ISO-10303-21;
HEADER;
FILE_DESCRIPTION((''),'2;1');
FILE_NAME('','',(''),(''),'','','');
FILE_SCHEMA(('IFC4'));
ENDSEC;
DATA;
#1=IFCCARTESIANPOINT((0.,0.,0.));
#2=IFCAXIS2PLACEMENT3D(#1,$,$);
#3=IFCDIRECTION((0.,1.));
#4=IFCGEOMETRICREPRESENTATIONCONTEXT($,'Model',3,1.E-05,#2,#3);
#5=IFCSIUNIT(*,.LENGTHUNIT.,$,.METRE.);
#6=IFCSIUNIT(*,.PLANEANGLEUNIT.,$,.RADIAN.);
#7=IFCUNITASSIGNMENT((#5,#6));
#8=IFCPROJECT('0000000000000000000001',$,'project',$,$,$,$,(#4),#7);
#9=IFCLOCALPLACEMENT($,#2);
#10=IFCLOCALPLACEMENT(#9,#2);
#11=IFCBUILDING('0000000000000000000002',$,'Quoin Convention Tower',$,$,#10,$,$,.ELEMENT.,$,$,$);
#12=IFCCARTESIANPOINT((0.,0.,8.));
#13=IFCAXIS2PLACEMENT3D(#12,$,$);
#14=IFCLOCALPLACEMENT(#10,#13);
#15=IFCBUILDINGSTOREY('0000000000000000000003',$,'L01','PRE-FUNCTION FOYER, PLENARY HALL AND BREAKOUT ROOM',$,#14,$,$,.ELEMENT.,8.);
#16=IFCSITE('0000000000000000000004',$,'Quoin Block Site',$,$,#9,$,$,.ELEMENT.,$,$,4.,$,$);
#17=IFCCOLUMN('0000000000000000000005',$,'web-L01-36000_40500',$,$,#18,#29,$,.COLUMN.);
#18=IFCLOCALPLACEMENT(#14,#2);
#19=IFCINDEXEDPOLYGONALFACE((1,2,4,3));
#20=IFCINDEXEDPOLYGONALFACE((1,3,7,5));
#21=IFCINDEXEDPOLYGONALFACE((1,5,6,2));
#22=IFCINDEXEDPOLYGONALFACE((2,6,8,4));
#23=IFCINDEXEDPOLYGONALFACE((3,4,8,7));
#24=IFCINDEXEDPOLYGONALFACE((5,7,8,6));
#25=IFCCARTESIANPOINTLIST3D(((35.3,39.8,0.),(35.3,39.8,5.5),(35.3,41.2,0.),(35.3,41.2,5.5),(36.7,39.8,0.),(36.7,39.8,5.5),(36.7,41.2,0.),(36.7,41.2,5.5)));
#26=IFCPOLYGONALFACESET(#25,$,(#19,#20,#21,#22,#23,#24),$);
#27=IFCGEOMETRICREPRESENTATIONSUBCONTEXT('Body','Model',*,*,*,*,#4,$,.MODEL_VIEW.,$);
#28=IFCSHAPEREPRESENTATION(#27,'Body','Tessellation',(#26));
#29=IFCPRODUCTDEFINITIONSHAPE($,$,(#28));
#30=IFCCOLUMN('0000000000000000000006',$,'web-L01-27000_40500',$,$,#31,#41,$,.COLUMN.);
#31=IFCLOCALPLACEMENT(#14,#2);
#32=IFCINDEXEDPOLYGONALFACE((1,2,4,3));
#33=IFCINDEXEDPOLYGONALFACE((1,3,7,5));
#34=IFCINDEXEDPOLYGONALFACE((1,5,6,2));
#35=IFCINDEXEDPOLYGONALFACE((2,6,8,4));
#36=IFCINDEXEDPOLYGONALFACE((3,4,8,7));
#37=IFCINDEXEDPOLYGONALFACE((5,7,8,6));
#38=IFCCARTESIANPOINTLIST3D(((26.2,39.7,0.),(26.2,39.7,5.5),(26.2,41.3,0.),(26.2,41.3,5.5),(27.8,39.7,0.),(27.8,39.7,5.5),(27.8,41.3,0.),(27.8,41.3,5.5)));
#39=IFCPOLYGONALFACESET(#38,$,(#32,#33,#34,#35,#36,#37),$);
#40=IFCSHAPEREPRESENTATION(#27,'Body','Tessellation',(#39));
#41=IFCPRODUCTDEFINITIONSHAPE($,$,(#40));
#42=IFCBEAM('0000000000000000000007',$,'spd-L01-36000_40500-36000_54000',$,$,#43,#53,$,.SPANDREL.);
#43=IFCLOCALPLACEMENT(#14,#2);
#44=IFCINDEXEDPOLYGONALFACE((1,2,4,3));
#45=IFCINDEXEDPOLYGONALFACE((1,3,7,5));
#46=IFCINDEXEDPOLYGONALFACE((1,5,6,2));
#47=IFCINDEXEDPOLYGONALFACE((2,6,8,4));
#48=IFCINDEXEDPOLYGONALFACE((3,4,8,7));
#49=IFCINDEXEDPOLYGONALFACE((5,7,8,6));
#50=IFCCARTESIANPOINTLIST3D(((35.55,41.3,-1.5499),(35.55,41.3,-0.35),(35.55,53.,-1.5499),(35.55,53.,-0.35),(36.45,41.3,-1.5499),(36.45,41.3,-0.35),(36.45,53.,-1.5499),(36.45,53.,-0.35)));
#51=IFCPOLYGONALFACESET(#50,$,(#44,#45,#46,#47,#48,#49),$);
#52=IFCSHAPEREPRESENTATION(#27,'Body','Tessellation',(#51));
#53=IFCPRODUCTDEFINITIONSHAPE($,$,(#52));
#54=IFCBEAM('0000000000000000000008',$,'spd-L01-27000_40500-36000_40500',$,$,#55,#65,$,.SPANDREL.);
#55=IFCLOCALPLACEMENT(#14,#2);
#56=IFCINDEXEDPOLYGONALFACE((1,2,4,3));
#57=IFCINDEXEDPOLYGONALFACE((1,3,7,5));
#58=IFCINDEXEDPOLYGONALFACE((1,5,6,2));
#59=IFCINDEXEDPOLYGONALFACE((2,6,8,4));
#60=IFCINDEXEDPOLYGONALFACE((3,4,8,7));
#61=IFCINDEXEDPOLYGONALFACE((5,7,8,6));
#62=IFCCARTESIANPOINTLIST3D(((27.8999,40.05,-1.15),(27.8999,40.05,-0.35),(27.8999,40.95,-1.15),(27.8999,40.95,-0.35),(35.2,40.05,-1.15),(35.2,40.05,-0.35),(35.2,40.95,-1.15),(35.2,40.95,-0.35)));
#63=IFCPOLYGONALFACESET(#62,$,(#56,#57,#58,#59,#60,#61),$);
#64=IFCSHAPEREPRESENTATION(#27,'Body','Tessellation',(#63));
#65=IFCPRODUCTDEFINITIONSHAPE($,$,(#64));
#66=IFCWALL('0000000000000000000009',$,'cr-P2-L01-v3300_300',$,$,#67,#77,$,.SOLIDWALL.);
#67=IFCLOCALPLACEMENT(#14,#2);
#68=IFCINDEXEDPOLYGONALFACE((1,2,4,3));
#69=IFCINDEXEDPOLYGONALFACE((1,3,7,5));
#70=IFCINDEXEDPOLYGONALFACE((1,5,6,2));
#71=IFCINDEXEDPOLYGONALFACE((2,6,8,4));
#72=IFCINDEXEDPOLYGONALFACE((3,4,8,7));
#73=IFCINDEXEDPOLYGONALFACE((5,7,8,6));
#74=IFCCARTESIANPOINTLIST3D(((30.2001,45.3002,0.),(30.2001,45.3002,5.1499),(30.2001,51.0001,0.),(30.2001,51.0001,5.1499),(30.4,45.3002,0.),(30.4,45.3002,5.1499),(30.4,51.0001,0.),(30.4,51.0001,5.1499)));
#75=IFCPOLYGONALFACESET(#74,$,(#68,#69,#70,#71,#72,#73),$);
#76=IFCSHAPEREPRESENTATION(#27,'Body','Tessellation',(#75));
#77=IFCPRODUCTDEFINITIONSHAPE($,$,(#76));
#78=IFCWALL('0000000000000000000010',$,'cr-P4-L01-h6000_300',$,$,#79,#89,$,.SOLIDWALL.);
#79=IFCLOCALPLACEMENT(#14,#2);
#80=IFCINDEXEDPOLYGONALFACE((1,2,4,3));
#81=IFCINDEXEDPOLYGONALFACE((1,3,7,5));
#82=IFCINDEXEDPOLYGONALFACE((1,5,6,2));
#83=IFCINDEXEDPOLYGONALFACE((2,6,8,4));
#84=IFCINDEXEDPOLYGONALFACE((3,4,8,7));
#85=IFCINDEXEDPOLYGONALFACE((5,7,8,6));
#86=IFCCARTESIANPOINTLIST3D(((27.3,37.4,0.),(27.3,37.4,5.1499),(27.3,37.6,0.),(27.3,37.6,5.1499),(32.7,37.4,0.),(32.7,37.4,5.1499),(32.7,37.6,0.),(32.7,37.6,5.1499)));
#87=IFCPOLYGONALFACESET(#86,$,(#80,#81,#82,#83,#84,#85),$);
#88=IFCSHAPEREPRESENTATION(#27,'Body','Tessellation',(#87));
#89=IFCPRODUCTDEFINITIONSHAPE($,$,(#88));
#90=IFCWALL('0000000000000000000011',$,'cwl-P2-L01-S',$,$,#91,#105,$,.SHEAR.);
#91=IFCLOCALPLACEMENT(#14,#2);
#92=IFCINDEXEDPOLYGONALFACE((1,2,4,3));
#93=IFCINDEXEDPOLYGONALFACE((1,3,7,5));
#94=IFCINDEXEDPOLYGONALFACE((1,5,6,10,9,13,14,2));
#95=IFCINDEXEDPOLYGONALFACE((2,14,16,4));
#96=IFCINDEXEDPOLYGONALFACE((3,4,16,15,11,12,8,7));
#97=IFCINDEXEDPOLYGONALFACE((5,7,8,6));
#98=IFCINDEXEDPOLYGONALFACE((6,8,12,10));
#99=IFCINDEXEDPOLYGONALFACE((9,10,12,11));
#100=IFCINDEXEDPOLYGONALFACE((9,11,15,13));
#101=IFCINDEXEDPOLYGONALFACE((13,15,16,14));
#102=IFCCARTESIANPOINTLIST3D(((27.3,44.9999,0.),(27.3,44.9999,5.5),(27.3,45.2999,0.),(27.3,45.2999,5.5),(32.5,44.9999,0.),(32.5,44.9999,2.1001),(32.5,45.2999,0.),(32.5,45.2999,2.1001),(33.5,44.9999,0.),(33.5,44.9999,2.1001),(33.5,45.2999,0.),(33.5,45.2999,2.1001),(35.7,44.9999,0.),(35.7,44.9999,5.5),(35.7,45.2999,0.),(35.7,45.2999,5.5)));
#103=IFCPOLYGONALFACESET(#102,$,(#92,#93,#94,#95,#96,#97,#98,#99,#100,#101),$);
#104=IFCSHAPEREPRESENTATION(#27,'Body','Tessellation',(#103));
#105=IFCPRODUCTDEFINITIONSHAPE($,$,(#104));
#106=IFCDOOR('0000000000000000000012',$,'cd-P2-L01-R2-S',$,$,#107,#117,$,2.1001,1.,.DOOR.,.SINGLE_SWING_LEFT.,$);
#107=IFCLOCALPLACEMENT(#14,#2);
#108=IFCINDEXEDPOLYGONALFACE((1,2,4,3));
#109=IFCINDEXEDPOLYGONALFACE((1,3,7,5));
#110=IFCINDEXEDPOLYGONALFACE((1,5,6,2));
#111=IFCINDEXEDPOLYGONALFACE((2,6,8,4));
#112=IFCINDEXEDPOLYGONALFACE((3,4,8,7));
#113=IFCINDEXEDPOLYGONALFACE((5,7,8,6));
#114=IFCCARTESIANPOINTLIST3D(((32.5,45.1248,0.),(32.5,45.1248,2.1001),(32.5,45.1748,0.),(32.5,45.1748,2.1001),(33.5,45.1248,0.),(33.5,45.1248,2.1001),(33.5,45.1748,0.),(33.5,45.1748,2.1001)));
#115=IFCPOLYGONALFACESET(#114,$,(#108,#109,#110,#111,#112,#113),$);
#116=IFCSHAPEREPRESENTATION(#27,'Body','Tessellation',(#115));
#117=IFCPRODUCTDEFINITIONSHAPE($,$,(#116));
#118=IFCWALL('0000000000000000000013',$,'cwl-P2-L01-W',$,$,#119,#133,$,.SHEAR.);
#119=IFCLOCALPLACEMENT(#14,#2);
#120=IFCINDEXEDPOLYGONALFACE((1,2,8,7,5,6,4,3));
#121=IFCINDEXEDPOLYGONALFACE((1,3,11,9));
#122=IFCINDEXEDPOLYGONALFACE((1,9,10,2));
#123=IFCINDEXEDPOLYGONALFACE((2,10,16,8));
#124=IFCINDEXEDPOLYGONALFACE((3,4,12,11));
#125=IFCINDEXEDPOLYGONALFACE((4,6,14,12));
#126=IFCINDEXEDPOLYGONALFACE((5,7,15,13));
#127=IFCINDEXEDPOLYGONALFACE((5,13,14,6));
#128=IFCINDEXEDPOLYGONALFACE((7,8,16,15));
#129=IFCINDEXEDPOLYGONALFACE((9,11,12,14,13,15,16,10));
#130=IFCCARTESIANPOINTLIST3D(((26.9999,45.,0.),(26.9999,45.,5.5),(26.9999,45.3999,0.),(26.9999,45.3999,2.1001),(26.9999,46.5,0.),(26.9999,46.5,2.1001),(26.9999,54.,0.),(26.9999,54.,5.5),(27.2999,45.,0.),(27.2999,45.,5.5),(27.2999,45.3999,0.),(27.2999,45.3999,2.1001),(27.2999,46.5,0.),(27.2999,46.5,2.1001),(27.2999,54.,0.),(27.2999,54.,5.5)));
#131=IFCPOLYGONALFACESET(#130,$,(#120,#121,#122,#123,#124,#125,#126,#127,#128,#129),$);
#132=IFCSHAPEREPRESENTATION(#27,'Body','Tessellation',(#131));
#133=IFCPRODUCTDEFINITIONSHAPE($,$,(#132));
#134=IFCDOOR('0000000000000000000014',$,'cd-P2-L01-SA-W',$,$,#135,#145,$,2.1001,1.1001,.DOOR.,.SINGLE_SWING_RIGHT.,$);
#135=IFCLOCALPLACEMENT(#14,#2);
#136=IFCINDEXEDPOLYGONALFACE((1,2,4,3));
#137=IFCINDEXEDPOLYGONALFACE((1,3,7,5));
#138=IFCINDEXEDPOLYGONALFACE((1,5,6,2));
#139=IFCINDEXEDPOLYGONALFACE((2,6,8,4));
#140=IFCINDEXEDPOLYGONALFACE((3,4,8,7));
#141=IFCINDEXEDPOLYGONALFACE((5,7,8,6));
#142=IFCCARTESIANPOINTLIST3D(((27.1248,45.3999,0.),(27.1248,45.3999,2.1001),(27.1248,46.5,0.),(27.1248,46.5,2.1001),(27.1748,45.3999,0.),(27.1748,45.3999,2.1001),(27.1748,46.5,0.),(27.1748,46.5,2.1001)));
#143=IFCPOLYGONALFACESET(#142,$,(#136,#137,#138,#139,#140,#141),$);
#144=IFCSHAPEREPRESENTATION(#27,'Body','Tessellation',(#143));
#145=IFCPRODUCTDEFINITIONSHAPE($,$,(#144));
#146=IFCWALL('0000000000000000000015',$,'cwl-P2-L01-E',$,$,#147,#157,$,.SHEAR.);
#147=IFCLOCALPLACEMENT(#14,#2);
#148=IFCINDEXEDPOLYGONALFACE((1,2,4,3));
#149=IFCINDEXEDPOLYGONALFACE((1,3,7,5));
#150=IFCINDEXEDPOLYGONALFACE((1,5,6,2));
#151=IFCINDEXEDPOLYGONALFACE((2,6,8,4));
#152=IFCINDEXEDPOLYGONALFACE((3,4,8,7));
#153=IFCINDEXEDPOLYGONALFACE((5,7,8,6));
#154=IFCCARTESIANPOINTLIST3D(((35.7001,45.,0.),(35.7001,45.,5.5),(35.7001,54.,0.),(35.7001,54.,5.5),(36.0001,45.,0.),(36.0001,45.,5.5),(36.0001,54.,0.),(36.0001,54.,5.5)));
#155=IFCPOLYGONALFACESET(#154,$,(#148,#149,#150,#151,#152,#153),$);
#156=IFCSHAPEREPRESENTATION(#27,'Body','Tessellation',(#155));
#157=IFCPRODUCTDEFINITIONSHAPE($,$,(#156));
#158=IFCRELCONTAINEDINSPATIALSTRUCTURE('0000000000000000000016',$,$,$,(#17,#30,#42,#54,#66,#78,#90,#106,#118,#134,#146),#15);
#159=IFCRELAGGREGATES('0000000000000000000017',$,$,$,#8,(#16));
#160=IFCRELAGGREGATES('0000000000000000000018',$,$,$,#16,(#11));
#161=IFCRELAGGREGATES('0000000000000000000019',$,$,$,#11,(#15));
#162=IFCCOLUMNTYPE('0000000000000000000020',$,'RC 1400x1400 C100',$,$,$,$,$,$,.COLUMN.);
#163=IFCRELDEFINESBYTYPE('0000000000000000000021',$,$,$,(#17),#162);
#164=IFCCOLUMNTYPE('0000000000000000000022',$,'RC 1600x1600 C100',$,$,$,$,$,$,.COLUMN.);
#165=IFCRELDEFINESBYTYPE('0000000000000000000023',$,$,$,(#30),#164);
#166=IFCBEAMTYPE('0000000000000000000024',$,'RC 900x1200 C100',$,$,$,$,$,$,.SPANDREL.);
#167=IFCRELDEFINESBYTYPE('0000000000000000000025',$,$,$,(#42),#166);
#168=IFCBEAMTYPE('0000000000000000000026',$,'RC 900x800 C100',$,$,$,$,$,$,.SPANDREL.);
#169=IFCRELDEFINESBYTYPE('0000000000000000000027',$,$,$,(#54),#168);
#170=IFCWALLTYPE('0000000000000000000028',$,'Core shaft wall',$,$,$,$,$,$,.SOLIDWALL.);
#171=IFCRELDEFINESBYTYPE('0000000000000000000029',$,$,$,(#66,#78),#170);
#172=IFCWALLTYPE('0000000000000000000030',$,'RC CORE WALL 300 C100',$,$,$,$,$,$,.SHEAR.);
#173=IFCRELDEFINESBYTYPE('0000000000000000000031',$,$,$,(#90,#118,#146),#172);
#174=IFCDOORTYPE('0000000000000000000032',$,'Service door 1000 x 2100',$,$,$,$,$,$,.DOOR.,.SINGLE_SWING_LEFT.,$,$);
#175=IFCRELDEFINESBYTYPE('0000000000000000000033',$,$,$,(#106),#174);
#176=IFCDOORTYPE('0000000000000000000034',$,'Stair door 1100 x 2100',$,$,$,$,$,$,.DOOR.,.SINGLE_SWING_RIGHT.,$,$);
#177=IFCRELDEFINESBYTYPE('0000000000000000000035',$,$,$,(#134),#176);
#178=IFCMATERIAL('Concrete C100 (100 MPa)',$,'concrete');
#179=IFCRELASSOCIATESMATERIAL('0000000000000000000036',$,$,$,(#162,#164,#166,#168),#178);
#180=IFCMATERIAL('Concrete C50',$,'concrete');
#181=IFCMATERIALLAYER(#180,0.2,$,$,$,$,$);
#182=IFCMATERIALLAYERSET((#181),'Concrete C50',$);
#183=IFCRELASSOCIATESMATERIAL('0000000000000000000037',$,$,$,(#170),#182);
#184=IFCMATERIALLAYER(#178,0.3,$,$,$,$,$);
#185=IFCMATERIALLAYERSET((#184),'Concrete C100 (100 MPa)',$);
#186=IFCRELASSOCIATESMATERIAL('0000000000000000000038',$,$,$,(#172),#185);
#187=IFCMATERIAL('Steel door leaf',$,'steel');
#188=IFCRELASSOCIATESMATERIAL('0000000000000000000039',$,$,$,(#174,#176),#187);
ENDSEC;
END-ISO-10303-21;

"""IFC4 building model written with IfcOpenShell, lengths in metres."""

from ifc_helpers import new_model, si_unit, direction, frame, frame_2d, origin, origin_2d, place, context, subcontext, project, spatial, rectangle, extrude, material, layer, layer_set, material_profile, profile_set, type_object, element, fill, save


model = new_model("IFC4")

# Units and contexts
model_context = context("Model", 3, precision=1e-05, world=origin(), true_north=direction((0.0, 1.0)))
body_context = subcontext(model_context, "Body", "Model", "MODEL_VIEW")
ifc_project = project(units=[si_unit("LENGTHUNIT", "METRE"), si_unit("PLANEANGLEUNIT", "RADIAN")], contexts=[model_context])

# Site, building, storey
site_placement = place(None, origin())
site = spatial("IfcSite", under=ifc_project, at=site_placement, Name="Quoin Block Site", CompositionType="ELEMENT", RefElevation=4.0)
building_placement = place(site_placement, origin())
building = spatial("IfcBuilding", under=site, at=building_placement, Name="Quoin Convention Tower", CompositionType="ELEMENT")
storey_placement = place(building_placement, frame((0.0, 0.0, 8.0)))
storey = spatial("IfcBuildingStorey", under=building, at=storey_placement, Name="L01", Description="PRE-FUNCTION FOYER, PLENARY HALL AND BREAKOUT ROOM", CompositionType="ELEMENT", Elevation=8.0)

# Columns
ifc_material_1 = material(Name="Concrete C100 (100 MPa)", Category="concrete")
ifc_material_profile_1 = material_profile(ifc_material_1, rectangle(XDim=1.3999, YDim=1.3999, at=origin_2d()), Name="RC 1400x1400")
ifc_profile_set_1 = profile_set([ifc_material_profile_1], Name="Concrete C100 (100 MPa)")
column_type_1 = type_object("IfcColumnType", Name="RC 1400x1400 C100", PredefinedType="COLUMN", material=ifc_profile_set_1)
column_1_placement = place(storey_placement, frame((36.0, 40.5, 0.0), z_axis=(0.0, 0.0, 1.0), x_axis=(1.0, 0.0, 0.0)))
element("IfcColumn", 1, at=column_1_placement, inside=storey, type_object=column_type_1, Name="web-L01-36000_40500", PredefinedType="COLUMN", context=body_context, shape_type="SweptSolid", body=[
    extrude(rectangle(XDim=1.3999, YDim=1.3999, at=origin_2d()), origin(), (0.0, 0.0, 1.0), 5.5),
])
ifc_material_profile_2 = material_profile(ifc_material_1, rectangle(XDim=1.6001, YDim=1.6001, at=origin_2d()), Name="RC 1600x1600")
ifc_profile_set_2 = profile_set([ifc_material_profile_2], Name="Concrete C100 (100 MPa)")
column_type_2 = type_object("IfcColumnType", Name="RC 1600x1600 C100", PredefinedType="COLUMN", material=ifc_profile_set_2)
column_2_placement = place(storey_placement, frame((27.0, 40.5, 0.0), z_axis=(0.0, 0.0, 1.0), x_axis=(1.0, 0.0, 0.0)))
element("IfcColumn", 2, at=column_2_placement, inside=storey, type_object=column_type_2, Name="web-L01-27000_40500", PredefinedType="COLUMN", context=body_context, shape_type="SweptSolid", body=[
    extrude(rectangle(XDim=1.6001, YDim=1.6001, at=origin_2d()), origin(), (0.0, 0.0, 1.0), 5.5),
])

# Beams
ifc_material_profile_3 = material_profile(ifc_material_1, rectangle(XDim=0.8999, YDim=1.2, at=origin_2d()), Name="RC 900x1200")
ifc_profile_set_3 = profile_set([ifc_material_profile_3], Name="Concrete C100 (100 MPa)")
beam_type_1 = type_object("IfcBeamType", Name="RC 900x1200 C100", PredefinedType="SPANDREL", material=ifc_profile_set_3)
beam_1_placement = place(storey_placement, frame((36.0, 41.3, -0.95), z_axis=(0.0, 1.0, 0.0), x_axis=(-1.0, 0.0, 0.0)))
element("IfcBeam", 3, at=beam_1_placement, inside=storey, type_object=beam_type_1, Name="spd-L01-36000_40500-36000_54000", PredefinedType="SPANDREL", context=body_context, shape_type="SweptSolid", body=[
    extrude(rectangle(XDim=0.8999, YDim=1.2, at=origin_2d()), origin(), (0.0, 0.0, 1.0), 11.7),
])
ifc_material_profile_4 = material_profile(ifc_material_1, rectangle(XDim=0.8999, YDim=0.8, at=origin_2d()), Name="RC 900x800")
ifc_profile_set_4 = profile_set([ifc_material_profile_4], Name="Concrete C100 (100 MPa)")
beam_type_2 = type_object("IfcBeamType", Name="RC 900x800 C100", PredefinedType="SPANDREL", material=ifc_profile_set_4)
beam_2_placement = place(storey_placement, frame((27.8999, 40.5, -0.75), z_axis=(1.0, 0.0, 0.0), x_axis=(0.0, 1.0, 0.0)))
element("IfcBeam", 4, at=beam_2_placement, inside=storey, type_object=beam_type_2, Name="spd-L01-27000_40500-36000_40500", PredefinedType="SPANDREL", context=body_context, shape_type="SweptSolid", body=[
    extrude(rectangle(XDim=0.8999, YDim=0.8, at=origin_2d()), origin(), (0.0, 0.0, 1.0), 7.3),
])

# Walls
ifc_material_2 = material(Name="Concrete C50", Category="concrete")
ifc_layer_1 = layer(ifc_material_2, 0.2)
ifc_layer_set_1 = layer_set([ifc_layer_1], Name="Concrete C50")
wall_type_1 = type_object("IfcWallType", Name="Core shaft wall", PredefinedType="SOLIDWALL", material=ifc_layer_set_1)
wall_1_placement = place(storey_placement, frame((30.3, 45.3, 0.0), z_axis=(0.0, 0.0, 1.0), x_axis=(0.0, 1.0, 0.0)))
element("IfcWall", 5, at=wall_1_placement, inside=storey, type_object=wall_type_1, Name="cr-P2-L01-v3300_300", PredefinedType="SOLIDWALL", context=body_context, shape_type="SweptSolid", body=[
    extrude(rectangle(XDim=5.7, YDim=0.2, at=frame_2d((2.8501, 0.0))), origin(), (0.0, 0.0, 1.0), 5.1499),
])
wall_2_placement = place(storey_placement, frame((27.3, 37.5, 0.0), z_axis=(0.0, 0.0, 1.0), x_axis=(1.0, 0.0, 0.0)))
element("IfcWall", 6, at=wall_2_placement, inside=storey, type_object=wall_type_1, Name="cr-P4-L01-h6000_300", PredefinedType="SOLIDWALL", context=body_context, shape_type="SweptSolid", body=[
    extrude(rectangle(XDim=5.3999, YDim=0.2, at=frame_2d((2.7, 0.0))), origin(), (0.0, 0.0, 1.0), 5.1499),
])

# Walls, openings, doors
ifc_layer_2 = layer(ifc_material_1, 0.3)
ifc_layer_set_2 = layer_set([ifc_layer_2], Name="Concrete C100 (100 MPa)")
wall_type_2 = type_object("IfcWallType", Name="RC CORE WALL 300 C100", PredefinedType="SHEAR", material=ifc_layer_set_2)
wall_3_placement = place(storey_placement, frame((27.3, 45.1499, 0.0), z_axis=(0.0, 0.0, 1.0), x_axis=(1.0, 0.0, 0.0)))
wall_3 = element("IfcWall", 7, at=wall_3_placement, inside=storey, type_object=wall_type_2, Name="cwl-P2-L01-S", PredefinedType="SHEAR", context=body_context, shape_type="SweptSolid", body=[
    extrude(rectangle(XDim=8.3999, YDim=0.3, at=frame_2d((4.2, 0.0))), origin(), (0.0, 0.0, 1.0), 5.5),
])
opening_1_placement = place(wall_3_placement, frame((5.2, 0.0, 0.0)))
opening_1 = element("IfcOpeningElement", 8, at=opening_1_placement, cuts=wall_3, PredefinedType="OPENING", context=body_context, shape_type="SweptSolid", body=[
    extrude(rectangle(XDim=1.0, YDim=2.1001, at=frame_2d((0.5, 1.05))), frame((0.0, 0.1599, 0.0), z_axis=(0.0, -1.0, 0.0), x_axis=(1.0, 0.0, 0.0)), (0.0, 0.0, 1.0), 0.3201),
])
ifc_material_3 = material(Name="Steel door leaf", Category="steel")
door_type_1 = type_object("IfcDoorType", Name="Service door 1000 x 2100", OperationType="SINGLE_SWING_LEFT", PredefinedType="DOOR", material=ifc_material_3)
door_1_placement = place(opening_1_placement, origin())
door_1 = element("IfcDoor", 9, at=door_1_placement, inside=storey, type_object=door_type_1, Name="cd-P2-L01-R2-S", OperationType="SINGLE_SWING_LEFT", OverallHeight=2.1001, OverallWidth=1.0, PredefinedType="DOOR", context=body_context, shape_type="SweptSolid", body=[
    extrude(rectangle(XDim=1.0, YDim=2.1001, at=frame_2d((0.5, 1.05))), frame((0.0, 0.0249, 0.0), z_axis=(0.0, -1.0, 0.0), x_axis=(1.0, 0.0, 0.0)), (0.0, 0.0, 1.0), 0.05),
])
fill(opening_1, door_1)
wall_4_placement = place(storey_placement, frame((27.1499, 45.0, 0.0), z_axis=(0.0, 0.0, 1.0), x_axis=(0.0, 1.0, 0.0)))
wall_4 = element("IfcWall", 10, at=wall_4_placement, inside=storey, type_object=wall_type_2, Name="cwl-P2-L01-W", PredefinedType="SHEAR", context=body_context, shape_type="SweptSolid", body=[
    extrude(rectangle(XDim=9.0, YDim=0.3, at=frame_2d((4.5, 0.0))), origin(), (0.0, 0.0, 1.0), 5.5),
])
opening_2_placement = place(wall_4_placement, frame((0.3999, 0.0, 0.0)))
opening_2 = element("IfcOpeningElement", 11, at=opening_2_placement, cuts=wall_4, PredefinedType="OPENING", context=body_context, shape_type="SweptSolid", body=[
    extrude(rectangle(XDim=1.1001, YDim=2.1001, at=frame_2d((0.55, 1.05))), frame((0.0, 0.1599, 0.0), z_axis=(0.0, -1.0, 0.0), x_axis=(1.0, 0.0, 0.0)), (0.0, 0.0, 1.0), 0.3201),
])
door_type_2 = type_object("IfcDoorType", Name="Stair door 1100 x 2100", OperationType="SINGLE_SWING_RIGHT", PredefinedType="DOOR", material=ifc_material_3)
door_2_placement = place(opening_2_placement, frame((1.1001, 0.0, 0.0), z_axis=(0.0, 0.0, 1.0), x_axis=(-1.0, 0.0, 0.0)))
door_2 = element("IfcDoor", 12, at=door_2_placement, inside=storey, type_object=door_type_2, Name="cd-P2-L01-SA-W", OperationType="SINGLE_SWING_RIGHT", OverallHeight=2.1001, OverallWidth=1.1001, PredefinedType="DOOR", context=body_context, shape_type="SweptSolid", body=[
    extrude(rectangle(XDim=1.1001, YDim=2.1001, at=frame_2d((0.55, 1.05))), frame((0.0, 0.0249, 0.0), z_axis=(0.0, -1.0, 0.0), x_axis=(1.0, 0.0, 0.0)), (0.0, 0.0, 1.0), 0.05),
])
fill(opening_2, door_2)

# Wall
wall_5_placement = place(storey_placement, frame((35.8501, 45.0, 0.0), z_axis=(0.0, 0.0, 1.0), x_axis=(0.0, 1.0, 0.0)))
element("IfcWall", 13, at=wall_5_placement, inside=storey, type_object=wall_type_2, Name="cwl-P2-L01-E", PredefinedType="SHEAR", context=body_context, shape_type="SweptSolid", body=[
    extrude(rectangle(XDim=9.0, YDim=0.3, at=frame_2d((4.5, 0.0))), origin(), (0.0, 0.0, 1.0), 5.5),
])

save(model, "model.ifc")
